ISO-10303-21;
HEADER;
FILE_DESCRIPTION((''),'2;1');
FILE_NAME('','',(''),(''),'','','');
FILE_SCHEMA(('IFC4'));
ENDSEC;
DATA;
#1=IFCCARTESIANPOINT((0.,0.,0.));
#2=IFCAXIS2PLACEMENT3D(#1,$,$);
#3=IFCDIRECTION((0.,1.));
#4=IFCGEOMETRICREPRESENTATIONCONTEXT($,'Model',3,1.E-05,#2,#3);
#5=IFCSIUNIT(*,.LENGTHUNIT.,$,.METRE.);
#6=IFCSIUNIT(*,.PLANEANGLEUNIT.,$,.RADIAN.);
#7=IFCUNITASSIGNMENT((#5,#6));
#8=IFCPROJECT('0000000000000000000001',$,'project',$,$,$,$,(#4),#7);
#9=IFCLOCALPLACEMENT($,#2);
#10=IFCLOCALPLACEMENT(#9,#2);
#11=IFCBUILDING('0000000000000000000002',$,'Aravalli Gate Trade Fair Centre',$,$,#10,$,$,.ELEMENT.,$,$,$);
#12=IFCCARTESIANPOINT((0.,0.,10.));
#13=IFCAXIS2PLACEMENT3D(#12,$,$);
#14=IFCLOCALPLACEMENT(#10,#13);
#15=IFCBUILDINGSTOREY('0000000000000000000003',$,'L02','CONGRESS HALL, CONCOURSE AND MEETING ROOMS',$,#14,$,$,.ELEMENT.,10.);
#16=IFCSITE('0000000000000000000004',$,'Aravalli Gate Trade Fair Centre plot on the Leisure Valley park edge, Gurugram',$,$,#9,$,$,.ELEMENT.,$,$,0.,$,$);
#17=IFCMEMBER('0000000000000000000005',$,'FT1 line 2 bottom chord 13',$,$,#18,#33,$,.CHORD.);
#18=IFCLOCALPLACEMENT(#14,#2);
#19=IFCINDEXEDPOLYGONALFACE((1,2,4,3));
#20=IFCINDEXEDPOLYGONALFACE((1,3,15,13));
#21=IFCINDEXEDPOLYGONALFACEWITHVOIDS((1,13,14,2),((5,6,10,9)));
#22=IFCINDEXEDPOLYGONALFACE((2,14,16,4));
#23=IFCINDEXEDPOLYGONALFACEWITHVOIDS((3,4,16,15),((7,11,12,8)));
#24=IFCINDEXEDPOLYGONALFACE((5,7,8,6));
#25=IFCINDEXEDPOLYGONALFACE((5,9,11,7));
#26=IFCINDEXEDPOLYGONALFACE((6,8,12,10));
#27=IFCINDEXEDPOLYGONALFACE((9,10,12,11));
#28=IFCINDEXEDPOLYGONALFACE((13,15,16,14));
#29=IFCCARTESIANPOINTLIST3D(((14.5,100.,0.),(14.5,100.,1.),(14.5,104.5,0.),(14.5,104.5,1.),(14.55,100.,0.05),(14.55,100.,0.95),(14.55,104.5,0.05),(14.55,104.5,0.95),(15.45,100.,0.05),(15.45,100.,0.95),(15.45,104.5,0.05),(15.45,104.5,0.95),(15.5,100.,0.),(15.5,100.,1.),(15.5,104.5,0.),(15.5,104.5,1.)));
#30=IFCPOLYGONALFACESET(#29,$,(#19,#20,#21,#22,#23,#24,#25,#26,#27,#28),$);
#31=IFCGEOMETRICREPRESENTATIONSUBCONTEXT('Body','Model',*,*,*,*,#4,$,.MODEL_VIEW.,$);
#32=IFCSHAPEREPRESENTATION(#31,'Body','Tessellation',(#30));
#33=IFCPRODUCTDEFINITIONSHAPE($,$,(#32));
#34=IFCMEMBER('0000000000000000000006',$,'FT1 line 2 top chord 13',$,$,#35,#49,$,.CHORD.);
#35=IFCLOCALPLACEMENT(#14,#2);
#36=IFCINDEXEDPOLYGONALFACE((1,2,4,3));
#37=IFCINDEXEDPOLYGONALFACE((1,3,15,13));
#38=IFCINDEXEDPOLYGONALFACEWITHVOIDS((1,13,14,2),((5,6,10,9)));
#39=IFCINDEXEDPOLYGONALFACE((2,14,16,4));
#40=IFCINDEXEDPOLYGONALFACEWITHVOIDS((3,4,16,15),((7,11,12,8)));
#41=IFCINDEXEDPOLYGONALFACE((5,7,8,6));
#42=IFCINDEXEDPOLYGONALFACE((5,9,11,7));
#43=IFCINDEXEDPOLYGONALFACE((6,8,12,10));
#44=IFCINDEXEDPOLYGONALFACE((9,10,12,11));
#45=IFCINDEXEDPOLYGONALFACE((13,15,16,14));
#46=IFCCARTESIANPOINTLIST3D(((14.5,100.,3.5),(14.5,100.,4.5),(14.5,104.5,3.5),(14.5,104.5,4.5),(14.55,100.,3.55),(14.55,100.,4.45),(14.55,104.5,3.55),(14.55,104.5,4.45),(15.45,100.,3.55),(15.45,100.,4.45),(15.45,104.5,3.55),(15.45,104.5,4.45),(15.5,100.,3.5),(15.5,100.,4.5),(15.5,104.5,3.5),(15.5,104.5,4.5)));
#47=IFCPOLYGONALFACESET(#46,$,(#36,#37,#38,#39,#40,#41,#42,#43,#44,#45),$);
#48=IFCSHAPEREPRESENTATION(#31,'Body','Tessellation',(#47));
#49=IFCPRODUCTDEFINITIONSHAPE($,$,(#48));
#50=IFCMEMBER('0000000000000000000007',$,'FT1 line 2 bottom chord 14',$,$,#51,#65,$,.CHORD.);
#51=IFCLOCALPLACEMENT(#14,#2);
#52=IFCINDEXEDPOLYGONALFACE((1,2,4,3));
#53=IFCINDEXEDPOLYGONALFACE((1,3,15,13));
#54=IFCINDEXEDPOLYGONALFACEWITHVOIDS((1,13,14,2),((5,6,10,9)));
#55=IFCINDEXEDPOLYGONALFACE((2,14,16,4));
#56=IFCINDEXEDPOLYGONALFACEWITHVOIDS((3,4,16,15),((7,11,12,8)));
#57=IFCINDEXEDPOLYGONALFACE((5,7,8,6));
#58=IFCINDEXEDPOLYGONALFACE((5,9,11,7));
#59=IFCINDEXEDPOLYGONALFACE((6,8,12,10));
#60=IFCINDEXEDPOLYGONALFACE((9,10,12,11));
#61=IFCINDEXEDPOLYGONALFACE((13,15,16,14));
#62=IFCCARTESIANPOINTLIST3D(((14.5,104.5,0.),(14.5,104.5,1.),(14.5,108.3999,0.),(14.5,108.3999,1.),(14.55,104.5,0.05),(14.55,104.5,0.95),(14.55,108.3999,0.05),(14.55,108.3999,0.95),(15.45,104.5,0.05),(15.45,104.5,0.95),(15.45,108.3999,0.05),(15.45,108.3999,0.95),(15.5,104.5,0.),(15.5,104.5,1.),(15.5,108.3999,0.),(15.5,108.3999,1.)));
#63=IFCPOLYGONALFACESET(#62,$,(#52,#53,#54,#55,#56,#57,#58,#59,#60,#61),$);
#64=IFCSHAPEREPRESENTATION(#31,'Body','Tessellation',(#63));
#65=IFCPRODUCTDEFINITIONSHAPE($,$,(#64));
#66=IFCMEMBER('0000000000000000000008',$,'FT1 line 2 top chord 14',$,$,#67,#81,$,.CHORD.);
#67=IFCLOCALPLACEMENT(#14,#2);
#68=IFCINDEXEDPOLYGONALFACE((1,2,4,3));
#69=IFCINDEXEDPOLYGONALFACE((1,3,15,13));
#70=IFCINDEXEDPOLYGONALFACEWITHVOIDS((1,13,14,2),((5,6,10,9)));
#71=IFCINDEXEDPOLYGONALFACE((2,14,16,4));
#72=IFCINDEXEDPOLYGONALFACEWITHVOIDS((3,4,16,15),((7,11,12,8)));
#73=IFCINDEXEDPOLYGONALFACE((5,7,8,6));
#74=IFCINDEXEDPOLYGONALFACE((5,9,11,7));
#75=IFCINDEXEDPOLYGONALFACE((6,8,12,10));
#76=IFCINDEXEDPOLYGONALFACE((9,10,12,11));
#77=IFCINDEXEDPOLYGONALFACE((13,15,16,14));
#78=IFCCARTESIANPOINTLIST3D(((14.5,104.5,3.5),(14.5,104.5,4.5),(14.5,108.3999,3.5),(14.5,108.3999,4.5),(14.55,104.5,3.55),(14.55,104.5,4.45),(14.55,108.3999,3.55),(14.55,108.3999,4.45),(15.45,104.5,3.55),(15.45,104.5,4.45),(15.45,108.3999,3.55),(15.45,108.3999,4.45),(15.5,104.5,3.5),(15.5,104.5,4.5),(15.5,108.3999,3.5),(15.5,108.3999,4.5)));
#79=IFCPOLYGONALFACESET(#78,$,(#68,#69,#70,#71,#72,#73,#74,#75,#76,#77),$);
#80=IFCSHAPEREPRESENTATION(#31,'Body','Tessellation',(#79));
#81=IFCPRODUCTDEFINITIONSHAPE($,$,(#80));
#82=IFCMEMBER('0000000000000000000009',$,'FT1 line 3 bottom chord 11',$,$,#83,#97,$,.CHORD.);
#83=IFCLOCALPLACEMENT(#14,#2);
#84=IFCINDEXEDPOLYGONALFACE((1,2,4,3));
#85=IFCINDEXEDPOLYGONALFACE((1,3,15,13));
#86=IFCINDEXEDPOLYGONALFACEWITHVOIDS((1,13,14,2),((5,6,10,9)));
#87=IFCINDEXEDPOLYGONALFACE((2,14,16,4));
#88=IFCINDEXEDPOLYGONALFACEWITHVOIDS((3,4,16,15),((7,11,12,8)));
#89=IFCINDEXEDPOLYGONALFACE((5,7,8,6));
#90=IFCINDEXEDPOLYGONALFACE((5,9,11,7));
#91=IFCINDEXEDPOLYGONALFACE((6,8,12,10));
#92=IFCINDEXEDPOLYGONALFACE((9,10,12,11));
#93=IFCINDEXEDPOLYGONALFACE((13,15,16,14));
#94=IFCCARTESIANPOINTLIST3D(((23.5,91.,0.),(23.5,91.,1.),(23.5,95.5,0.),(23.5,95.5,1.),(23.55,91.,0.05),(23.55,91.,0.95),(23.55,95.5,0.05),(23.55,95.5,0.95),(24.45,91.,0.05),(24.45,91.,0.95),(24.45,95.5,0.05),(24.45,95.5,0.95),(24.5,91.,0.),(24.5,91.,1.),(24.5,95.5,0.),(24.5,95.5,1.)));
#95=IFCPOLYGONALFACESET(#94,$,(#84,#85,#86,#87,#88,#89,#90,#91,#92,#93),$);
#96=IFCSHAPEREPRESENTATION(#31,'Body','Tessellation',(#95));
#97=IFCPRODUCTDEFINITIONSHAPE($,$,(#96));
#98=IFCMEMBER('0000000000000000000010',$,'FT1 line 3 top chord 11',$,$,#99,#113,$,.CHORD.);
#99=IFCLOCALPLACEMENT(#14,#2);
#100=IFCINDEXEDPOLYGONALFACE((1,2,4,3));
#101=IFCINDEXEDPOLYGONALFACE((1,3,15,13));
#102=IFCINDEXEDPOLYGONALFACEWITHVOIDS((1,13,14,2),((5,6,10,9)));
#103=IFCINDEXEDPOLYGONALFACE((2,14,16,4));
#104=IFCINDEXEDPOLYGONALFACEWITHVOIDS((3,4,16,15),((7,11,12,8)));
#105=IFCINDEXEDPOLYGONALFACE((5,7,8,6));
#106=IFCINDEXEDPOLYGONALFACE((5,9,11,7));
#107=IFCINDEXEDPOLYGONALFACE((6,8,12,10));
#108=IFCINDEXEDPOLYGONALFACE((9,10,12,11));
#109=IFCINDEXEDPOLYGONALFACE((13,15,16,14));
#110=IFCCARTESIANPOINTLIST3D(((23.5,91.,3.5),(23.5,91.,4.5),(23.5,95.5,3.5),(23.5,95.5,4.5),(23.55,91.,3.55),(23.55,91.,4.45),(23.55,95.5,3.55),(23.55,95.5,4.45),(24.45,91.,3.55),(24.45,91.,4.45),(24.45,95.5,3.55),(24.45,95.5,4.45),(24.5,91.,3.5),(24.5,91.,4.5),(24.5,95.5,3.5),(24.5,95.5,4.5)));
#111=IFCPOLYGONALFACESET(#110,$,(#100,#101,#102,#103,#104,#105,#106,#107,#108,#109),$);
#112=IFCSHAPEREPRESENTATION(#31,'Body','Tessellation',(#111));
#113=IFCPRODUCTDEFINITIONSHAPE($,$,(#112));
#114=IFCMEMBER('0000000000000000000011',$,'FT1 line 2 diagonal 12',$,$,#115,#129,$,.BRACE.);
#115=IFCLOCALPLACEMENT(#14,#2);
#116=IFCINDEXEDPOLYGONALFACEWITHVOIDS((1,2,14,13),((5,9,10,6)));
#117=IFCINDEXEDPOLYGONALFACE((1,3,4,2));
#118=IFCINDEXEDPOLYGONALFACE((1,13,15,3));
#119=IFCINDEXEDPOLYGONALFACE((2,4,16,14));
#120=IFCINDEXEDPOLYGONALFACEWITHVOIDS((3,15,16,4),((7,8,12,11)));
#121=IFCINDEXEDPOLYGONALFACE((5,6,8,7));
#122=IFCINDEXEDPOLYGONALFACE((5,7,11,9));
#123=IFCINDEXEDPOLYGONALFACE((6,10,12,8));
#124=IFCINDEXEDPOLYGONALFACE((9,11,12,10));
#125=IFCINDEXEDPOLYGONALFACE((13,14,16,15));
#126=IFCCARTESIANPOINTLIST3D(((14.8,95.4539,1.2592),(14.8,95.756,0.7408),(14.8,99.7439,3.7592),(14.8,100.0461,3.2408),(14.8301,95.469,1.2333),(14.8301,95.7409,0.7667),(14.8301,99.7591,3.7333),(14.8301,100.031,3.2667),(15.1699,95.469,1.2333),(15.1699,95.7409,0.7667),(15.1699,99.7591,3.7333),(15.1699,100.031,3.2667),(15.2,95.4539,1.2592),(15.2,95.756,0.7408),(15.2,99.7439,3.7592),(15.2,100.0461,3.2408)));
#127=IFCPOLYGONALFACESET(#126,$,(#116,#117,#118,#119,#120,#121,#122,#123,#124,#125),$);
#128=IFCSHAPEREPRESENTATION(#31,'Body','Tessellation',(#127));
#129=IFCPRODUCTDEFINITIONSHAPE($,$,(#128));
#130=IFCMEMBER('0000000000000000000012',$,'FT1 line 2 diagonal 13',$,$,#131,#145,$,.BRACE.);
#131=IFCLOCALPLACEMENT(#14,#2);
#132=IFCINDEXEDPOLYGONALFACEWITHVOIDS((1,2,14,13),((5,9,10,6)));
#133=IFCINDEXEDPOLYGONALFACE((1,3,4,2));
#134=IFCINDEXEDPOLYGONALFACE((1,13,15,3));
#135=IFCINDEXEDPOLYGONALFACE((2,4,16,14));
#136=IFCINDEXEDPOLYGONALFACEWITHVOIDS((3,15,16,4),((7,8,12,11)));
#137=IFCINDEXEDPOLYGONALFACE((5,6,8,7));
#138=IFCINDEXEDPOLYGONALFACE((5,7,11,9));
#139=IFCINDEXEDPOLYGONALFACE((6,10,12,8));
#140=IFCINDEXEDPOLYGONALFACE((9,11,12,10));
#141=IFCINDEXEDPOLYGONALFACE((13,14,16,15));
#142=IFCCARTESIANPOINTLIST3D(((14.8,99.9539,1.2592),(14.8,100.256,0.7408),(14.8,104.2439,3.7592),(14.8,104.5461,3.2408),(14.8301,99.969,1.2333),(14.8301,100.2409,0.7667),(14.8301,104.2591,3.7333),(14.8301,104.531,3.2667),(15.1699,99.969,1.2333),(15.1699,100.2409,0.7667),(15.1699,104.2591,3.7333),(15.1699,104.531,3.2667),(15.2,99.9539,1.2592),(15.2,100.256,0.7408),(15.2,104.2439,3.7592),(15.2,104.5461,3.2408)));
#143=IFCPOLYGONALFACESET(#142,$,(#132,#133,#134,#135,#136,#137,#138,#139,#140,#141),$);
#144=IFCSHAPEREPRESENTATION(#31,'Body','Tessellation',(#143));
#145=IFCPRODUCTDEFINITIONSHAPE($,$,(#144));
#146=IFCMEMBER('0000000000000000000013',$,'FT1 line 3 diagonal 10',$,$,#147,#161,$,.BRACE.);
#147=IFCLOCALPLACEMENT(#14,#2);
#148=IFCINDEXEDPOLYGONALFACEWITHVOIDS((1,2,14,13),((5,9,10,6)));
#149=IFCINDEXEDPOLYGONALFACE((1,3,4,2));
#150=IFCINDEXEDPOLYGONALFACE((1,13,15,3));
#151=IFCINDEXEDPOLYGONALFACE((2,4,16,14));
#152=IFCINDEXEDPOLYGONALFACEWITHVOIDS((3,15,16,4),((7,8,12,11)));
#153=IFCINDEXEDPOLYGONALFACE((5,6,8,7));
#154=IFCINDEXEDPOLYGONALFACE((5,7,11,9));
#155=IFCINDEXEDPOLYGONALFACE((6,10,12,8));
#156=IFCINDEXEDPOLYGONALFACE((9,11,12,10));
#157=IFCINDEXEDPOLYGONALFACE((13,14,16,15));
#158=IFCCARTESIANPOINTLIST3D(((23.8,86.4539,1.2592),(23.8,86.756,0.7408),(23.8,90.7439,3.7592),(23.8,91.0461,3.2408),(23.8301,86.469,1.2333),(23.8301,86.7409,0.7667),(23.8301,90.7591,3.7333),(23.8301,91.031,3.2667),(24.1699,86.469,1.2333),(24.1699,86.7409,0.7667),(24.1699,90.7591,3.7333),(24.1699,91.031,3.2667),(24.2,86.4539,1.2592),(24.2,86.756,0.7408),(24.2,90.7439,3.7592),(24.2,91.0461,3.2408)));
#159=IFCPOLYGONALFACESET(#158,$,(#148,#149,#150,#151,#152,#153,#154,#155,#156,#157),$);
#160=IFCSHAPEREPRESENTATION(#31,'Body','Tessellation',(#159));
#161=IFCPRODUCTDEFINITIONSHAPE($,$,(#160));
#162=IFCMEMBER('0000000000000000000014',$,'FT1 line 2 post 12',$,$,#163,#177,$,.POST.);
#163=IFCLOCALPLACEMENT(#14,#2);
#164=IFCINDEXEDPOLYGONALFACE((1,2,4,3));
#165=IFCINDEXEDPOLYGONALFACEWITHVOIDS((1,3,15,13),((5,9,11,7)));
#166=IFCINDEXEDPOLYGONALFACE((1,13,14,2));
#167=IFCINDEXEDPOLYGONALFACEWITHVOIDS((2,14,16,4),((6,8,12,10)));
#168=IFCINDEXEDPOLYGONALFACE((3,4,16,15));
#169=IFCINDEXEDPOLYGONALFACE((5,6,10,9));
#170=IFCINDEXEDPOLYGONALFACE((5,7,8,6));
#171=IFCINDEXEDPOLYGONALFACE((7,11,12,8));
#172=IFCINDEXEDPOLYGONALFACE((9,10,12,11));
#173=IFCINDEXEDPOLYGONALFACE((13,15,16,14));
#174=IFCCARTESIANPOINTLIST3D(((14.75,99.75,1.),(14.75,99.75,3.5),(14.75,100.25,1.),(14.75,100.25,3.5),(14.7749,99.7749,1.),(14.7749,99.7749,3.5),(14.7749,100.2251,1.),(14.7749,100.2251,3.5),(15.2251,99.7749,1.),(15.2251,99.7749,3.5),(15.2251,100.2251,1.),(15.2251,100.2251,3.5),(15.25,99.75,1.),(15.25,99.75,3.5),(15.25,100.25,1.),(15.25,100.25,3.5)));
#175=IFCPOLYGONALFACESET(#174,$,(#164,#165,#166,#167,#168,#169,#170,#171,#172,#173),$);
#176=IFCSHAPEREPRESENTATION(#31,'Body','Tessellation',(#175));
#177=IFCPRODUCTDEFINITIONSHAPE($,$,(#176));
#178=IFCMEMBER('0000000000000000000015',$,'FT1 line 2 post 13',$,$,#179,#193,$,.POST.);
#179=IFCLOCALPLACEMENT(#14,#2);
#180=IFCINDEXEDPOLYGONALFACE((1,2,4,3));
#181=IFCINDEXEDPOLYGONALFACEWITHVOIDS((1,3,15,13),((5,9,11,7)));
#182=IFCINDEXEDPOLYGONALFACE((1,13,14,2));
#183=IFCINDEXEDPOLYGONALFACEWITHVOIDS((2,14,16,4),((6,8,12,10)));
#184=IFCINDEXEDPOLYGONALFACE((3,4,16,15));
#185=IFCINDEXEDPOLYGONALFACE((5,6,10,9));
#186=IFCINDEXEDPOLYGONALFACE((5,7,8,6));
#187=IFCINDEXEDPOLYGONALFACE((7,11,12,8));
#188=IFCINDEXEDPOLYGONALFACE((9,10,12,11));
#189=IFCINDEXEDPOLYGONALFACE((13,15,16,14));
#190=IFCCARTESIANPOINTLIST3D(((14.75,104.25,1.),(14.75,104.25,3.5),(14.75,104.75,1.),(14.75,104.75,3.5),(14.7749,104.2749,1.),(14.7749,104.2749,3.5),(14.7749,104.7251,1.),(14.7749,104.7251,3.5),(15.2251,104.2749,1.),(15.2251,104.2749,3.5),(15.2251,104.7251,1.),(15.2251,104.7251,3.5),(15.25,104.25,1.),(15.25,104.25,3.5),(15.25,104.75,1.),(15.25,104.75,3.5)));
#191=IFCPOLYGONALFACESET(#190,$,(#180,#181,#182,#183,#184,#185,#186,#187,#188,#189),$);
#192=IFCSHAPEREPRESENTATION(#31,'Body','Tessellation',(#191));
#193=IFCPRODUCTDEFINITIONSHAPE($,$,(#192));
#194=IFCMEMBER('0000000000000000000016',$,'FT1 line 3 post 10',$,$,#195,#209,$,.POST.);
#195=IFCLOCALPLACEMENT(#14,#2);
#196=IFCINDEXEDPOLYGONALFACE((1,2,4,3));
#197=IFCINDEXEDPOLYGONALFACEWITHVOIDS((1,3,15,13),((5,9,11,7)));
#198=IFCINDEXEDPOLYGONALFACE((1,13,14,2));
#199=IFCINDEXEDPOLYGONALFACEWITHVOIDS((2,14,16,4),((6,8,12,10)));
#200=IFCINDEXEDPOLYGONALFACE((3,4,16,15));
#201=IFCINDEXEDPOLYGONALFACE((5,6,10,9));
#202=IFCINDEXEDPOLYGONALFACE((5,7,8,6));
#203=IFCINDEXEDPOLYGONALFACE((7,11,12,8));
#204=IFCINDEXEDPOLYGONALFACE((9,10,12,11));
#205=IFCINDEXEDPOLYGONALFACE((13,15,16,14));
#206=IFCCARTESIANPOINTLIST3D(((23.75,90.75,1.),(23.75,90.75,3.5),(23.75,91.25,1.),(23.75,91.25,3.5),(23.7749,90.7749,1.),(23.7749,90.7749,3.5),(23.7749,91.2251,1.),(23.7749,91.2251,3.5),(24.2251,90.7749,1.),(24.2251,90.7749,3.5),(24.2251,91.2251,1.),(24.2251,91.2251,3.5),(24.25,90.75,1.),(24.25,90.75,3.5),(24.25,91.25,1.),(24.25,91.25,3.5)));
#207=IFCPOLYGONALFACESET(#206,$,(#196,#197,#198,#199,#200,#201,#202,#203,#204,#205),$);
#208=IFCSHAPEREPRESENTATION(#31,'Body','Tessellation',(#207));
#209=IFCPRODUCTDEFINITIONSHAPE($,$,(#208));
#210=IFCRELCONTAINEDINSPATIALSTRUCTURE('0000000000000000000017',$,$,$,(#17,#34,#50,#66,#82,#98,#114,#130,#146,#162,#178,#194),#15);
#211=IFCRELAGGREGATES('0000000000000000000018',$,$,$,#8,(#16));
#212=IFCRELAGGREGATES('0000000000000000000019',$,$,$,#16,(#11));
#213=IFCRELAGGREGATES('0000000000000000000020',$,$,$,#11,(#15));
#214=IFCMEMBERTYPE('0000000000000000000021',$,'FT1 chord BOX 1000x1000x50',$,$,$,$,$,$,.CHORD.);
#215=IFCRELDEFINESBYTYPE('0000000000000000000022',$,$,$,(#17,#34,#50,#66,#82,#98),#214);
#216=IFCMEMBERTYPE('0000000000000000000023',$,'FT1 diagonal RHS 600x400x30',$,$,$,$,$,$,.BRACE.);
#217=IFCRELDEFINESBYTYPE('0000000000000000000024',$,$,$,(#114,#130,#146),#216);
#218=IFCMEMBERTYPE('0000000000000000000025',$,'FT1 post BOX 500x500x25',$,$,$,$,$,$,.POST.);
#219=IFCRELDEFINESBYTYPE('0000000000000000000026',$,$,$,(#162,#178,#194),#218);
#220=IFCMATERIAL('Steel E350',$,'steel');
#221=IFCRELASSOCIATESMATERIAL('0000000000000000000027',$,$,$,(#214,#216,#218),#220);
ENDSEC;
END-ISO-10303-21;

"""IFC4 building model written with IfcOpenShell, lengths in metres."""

from ifc_helpers import new_model, si_unit, direction, frame, origin, origin_2d, place, context, subcontext, project, spatial, hollow_rectangle, extrude, material, material_profile, profile_set, type_object, element, save


model = new_model("IFC4")

# Units and contexts
model_context = context("Model", 3, precision=1e-05, world=origin(), true_north=direction((0.0, 1.0)))
body_context = subcontext(model_context, "Body", "Model", "MODEL_VIEW")
ifc_project = project(units=[si_unit("LENGTHUNIT", "METRE"), si_unit("PLANEANGLEUNIT", "RADIAN")], contexts=[model_context])

# Site, building, storey
site_placement = place(None, origin())
site = spatial("IfcSite", under=ifc_project, at=site_placement, Name="Aravalli Gate Trade Fair Centre plot on the Leisure Valley park edge, Gurugram", CompositionType="ELEMENT", RefElevation=0.0)
building_placement = place(site_placement, origin())
building = spatial("IfcBuilding", under=site, at=building_placement, Name="Aravalli Gate Trade Fair Centre", CompositionType="ELEMENT")
storey_placement = place(building_placement, frame((0.0, 0.0, 10.0)))
storey = spatial("IfcBuildingStorey", under=building, at=storey_placement, Name="L02", Description="CONGRESS HALL, CONCOURSE AND MEETING ROOMS", CompositionType="ELEMENT", Elevation=10.0)

# Members
ifc_material_1 = material(Name="Steel E350", Category="steel")
ifc_material_profile_1 = material_profile(ifc_material_1, hollow_rectangle(XDim=1.0, YDim=1.0, WallThickness=0.05, at=origin_2d()), Name="BOX 1000x1000x50")
ifc_profile_set_1 = profile_set([ifc_material_profile_1], Name="Steel E350")
member_type_1 = type_object("IfcMemberType", Name="FT1 chord BOX 1000x1000x50", PredefinedType="CHORD", material=ifc_profile_set_1)
for number, where, z_axis, x_axis, name in (
    (1, (15.0, 100.0, 0.5), (0.0, 1.0, 0.0), (-1.0, 0.0, 0.0), "FT1 line 2 bottom chord 13"),
    (2, (15.0, 100.0, 4.0), (0.0, 1.0, 0.0), (-1.0, 0.0, 0.0), "FT1 line 2 top chord 13"),
):
    element("IfcMember", number, at=place(storey_placement, frame(where, z_axis=z_axis, x_axis=x_axis)), inside=storey, type_object=member_type_1, Name=name, PredefinedType="CHORD", context=body_context, shape_type="SweptSolid", body=[
        extrude(hollow_rectangle(XDim=1.0, YDim=1.0, WallThickness=0.05, at=origin_2d()), origin(), (0.0, 0.0, 1.0), 4.5),
    ])
for number, where, z_axis, x_axis, name in (
    (3, (15.0, 104.5, 0.5), (0.0, 1.0, 0.0), (-1.0, 0.0, 0.0), "FT1 line 2 bottom chord 14"),
    (4, (15.0, 104.5, 4.0), (0.0, 1.0, 0.0), (-1.0, 0.0, 0.0), "FT1 line 2 top chord 14"),
):
    element("IfcMember", number, at=place(storey_placement, frame(where, z_axis=z_axis, x_axis=x_axis)), inside=storey, type_object=member_type_1, Name=name, PredefinedType="CHORD", context=body_context, shape_type="SweptSolid", body=[
        extrude(hollow_rectangle(XDim=1.0, YDim=1.0, WallThickness=0.05, at=origin_2d()), origin(), (0.0, 0.0, 1.0), 3.8999),
    ])
for number, where, z_axis, x_axis, name in (
    (5, (24.0, 91.0, 0.5), (0.0, 1.0, 0.0), (-1.0, 0.0, 0.0), "FT1 line 3 bottom chord 11"),
    (6, (24.0, 91.0, 4.0), (0.0, 1.0, 0.0), (-1.0, 0.0, 0.0), "FT1 line 3 top chord 11"),
):
    element("IfcMember", number, at=place(storey_placement, frame(where, z_axis=z_axis, x_axis=x_axis)), inside=storey, type_object=member_type_1, Name=name, PredefinedType="CHORD", context=body_context, shape_type="SweptSolid", body=[
        extrude(hollow_rectangle(XDim=1.0, YDim=1.0, WallThickness=0.05, at=origin_2d()), origin(), (0.0, 0.0, 1.0), 4.5),
    ])
ifc_material_profile_2 = material_profile(ifc_material_1, hollow_rectangle(XDim=0.3999, YDim=0.6001, WallThickness=0.03, at=origin_2d()), Name="RHS 600x400x30")
ifc_profile_set_2 = profile_set([ifc_material_profile_2], Name="Steel E350")
member_type_2 = type_object("IfcMemberType", Name="FT1 diagonal RHS 600x400x30", PredefinedType="BRACE", material=ifc_profile_set_2)
for number, where, z_axis, x_axis, name in (
    (7, (15.0, 99.895, 3.5), (0.0, -0.864, -0.503492), (1.0, 0.0, 0.0), "FT1 line 2 diagonal 12"),
    (8, (15.0, 104.395, 3.5), (0.0, -0.864, -0.503492), (1.0, 0.0, 0.0), "FT1 line 2 diagonal 13"),
    (9, (24.0, 90.895, 3.5), (0.0, -0.864, -0.503492), (1.0, 0.0, 0.0), "FT1 line 3 diagonal 10"),
):
    element("IfcMember", number, at=place(storey_placement, frame(where, z_axis=z_axis, x_axis=x_axis)), inside=storey, type_object=member_type_2, Name=name, PredefinedType="BRACE", context=body_context, shape_type="SweptSolid", body=[
        extrude(hollow_rectangle(XDim=0.3999, YDim=0.6001, WallThickness=0.03, at=origin_2d()), origin(), (0.0, 0.0, 1.0), 4.9653),
    ])
ifc_material_profile_3 = material_profile(ifc_material_1, hollow_rectangle(XDim=0.5, YDim=0.5, WallThickness=0.0249, at=origin_2d()), Name="BOX 500x500x25")
ifc_profile_set_3 = profile_set([ifc_material_profile_3], Name="Steel E350")
member_type_3 = type_object("IfcMemberType", Name="FT1 post BOX 500x500x25", PredefinedType="POST", material=ifc_profile_set_3)
for number, where, z_axis, x_axis, name in (
    (10, (15.0, 100.0, 1.0), (0.0, 0.0, 1.0), (1.0, 0.0, 0.0), "FT1 line 2 post 12"),
    (11, (15.0, 104.5, 1.0), (0.0, 0.0, 1.0), (1.0, 0.0, 0.0), "FT1 line 2 post 13"),
    (12, (24.0, 91.0, 1.0), (0.0, 0.0, 1.0), (1.0, 0.0, 0.0), "FT1 line 3 post 10"),
):
    element("IfcMember", number, at=place(storey_placement, frame(where, z_axis=z_axis, x_axis=x_axis)), inside=storey, type_object=member_type_3, Name=name, PredefinedType="POST", context=body_context, shape_type="SweptSolid", body=[
        extrude(hollow_rectangle(XDim=0.5, YDim=0.5, WallThickness=0.0249, at=origin_2d()), origin(), (0.0, 0.0, 1.0), 2.5),
    ])

save(model, "model.ifc")
